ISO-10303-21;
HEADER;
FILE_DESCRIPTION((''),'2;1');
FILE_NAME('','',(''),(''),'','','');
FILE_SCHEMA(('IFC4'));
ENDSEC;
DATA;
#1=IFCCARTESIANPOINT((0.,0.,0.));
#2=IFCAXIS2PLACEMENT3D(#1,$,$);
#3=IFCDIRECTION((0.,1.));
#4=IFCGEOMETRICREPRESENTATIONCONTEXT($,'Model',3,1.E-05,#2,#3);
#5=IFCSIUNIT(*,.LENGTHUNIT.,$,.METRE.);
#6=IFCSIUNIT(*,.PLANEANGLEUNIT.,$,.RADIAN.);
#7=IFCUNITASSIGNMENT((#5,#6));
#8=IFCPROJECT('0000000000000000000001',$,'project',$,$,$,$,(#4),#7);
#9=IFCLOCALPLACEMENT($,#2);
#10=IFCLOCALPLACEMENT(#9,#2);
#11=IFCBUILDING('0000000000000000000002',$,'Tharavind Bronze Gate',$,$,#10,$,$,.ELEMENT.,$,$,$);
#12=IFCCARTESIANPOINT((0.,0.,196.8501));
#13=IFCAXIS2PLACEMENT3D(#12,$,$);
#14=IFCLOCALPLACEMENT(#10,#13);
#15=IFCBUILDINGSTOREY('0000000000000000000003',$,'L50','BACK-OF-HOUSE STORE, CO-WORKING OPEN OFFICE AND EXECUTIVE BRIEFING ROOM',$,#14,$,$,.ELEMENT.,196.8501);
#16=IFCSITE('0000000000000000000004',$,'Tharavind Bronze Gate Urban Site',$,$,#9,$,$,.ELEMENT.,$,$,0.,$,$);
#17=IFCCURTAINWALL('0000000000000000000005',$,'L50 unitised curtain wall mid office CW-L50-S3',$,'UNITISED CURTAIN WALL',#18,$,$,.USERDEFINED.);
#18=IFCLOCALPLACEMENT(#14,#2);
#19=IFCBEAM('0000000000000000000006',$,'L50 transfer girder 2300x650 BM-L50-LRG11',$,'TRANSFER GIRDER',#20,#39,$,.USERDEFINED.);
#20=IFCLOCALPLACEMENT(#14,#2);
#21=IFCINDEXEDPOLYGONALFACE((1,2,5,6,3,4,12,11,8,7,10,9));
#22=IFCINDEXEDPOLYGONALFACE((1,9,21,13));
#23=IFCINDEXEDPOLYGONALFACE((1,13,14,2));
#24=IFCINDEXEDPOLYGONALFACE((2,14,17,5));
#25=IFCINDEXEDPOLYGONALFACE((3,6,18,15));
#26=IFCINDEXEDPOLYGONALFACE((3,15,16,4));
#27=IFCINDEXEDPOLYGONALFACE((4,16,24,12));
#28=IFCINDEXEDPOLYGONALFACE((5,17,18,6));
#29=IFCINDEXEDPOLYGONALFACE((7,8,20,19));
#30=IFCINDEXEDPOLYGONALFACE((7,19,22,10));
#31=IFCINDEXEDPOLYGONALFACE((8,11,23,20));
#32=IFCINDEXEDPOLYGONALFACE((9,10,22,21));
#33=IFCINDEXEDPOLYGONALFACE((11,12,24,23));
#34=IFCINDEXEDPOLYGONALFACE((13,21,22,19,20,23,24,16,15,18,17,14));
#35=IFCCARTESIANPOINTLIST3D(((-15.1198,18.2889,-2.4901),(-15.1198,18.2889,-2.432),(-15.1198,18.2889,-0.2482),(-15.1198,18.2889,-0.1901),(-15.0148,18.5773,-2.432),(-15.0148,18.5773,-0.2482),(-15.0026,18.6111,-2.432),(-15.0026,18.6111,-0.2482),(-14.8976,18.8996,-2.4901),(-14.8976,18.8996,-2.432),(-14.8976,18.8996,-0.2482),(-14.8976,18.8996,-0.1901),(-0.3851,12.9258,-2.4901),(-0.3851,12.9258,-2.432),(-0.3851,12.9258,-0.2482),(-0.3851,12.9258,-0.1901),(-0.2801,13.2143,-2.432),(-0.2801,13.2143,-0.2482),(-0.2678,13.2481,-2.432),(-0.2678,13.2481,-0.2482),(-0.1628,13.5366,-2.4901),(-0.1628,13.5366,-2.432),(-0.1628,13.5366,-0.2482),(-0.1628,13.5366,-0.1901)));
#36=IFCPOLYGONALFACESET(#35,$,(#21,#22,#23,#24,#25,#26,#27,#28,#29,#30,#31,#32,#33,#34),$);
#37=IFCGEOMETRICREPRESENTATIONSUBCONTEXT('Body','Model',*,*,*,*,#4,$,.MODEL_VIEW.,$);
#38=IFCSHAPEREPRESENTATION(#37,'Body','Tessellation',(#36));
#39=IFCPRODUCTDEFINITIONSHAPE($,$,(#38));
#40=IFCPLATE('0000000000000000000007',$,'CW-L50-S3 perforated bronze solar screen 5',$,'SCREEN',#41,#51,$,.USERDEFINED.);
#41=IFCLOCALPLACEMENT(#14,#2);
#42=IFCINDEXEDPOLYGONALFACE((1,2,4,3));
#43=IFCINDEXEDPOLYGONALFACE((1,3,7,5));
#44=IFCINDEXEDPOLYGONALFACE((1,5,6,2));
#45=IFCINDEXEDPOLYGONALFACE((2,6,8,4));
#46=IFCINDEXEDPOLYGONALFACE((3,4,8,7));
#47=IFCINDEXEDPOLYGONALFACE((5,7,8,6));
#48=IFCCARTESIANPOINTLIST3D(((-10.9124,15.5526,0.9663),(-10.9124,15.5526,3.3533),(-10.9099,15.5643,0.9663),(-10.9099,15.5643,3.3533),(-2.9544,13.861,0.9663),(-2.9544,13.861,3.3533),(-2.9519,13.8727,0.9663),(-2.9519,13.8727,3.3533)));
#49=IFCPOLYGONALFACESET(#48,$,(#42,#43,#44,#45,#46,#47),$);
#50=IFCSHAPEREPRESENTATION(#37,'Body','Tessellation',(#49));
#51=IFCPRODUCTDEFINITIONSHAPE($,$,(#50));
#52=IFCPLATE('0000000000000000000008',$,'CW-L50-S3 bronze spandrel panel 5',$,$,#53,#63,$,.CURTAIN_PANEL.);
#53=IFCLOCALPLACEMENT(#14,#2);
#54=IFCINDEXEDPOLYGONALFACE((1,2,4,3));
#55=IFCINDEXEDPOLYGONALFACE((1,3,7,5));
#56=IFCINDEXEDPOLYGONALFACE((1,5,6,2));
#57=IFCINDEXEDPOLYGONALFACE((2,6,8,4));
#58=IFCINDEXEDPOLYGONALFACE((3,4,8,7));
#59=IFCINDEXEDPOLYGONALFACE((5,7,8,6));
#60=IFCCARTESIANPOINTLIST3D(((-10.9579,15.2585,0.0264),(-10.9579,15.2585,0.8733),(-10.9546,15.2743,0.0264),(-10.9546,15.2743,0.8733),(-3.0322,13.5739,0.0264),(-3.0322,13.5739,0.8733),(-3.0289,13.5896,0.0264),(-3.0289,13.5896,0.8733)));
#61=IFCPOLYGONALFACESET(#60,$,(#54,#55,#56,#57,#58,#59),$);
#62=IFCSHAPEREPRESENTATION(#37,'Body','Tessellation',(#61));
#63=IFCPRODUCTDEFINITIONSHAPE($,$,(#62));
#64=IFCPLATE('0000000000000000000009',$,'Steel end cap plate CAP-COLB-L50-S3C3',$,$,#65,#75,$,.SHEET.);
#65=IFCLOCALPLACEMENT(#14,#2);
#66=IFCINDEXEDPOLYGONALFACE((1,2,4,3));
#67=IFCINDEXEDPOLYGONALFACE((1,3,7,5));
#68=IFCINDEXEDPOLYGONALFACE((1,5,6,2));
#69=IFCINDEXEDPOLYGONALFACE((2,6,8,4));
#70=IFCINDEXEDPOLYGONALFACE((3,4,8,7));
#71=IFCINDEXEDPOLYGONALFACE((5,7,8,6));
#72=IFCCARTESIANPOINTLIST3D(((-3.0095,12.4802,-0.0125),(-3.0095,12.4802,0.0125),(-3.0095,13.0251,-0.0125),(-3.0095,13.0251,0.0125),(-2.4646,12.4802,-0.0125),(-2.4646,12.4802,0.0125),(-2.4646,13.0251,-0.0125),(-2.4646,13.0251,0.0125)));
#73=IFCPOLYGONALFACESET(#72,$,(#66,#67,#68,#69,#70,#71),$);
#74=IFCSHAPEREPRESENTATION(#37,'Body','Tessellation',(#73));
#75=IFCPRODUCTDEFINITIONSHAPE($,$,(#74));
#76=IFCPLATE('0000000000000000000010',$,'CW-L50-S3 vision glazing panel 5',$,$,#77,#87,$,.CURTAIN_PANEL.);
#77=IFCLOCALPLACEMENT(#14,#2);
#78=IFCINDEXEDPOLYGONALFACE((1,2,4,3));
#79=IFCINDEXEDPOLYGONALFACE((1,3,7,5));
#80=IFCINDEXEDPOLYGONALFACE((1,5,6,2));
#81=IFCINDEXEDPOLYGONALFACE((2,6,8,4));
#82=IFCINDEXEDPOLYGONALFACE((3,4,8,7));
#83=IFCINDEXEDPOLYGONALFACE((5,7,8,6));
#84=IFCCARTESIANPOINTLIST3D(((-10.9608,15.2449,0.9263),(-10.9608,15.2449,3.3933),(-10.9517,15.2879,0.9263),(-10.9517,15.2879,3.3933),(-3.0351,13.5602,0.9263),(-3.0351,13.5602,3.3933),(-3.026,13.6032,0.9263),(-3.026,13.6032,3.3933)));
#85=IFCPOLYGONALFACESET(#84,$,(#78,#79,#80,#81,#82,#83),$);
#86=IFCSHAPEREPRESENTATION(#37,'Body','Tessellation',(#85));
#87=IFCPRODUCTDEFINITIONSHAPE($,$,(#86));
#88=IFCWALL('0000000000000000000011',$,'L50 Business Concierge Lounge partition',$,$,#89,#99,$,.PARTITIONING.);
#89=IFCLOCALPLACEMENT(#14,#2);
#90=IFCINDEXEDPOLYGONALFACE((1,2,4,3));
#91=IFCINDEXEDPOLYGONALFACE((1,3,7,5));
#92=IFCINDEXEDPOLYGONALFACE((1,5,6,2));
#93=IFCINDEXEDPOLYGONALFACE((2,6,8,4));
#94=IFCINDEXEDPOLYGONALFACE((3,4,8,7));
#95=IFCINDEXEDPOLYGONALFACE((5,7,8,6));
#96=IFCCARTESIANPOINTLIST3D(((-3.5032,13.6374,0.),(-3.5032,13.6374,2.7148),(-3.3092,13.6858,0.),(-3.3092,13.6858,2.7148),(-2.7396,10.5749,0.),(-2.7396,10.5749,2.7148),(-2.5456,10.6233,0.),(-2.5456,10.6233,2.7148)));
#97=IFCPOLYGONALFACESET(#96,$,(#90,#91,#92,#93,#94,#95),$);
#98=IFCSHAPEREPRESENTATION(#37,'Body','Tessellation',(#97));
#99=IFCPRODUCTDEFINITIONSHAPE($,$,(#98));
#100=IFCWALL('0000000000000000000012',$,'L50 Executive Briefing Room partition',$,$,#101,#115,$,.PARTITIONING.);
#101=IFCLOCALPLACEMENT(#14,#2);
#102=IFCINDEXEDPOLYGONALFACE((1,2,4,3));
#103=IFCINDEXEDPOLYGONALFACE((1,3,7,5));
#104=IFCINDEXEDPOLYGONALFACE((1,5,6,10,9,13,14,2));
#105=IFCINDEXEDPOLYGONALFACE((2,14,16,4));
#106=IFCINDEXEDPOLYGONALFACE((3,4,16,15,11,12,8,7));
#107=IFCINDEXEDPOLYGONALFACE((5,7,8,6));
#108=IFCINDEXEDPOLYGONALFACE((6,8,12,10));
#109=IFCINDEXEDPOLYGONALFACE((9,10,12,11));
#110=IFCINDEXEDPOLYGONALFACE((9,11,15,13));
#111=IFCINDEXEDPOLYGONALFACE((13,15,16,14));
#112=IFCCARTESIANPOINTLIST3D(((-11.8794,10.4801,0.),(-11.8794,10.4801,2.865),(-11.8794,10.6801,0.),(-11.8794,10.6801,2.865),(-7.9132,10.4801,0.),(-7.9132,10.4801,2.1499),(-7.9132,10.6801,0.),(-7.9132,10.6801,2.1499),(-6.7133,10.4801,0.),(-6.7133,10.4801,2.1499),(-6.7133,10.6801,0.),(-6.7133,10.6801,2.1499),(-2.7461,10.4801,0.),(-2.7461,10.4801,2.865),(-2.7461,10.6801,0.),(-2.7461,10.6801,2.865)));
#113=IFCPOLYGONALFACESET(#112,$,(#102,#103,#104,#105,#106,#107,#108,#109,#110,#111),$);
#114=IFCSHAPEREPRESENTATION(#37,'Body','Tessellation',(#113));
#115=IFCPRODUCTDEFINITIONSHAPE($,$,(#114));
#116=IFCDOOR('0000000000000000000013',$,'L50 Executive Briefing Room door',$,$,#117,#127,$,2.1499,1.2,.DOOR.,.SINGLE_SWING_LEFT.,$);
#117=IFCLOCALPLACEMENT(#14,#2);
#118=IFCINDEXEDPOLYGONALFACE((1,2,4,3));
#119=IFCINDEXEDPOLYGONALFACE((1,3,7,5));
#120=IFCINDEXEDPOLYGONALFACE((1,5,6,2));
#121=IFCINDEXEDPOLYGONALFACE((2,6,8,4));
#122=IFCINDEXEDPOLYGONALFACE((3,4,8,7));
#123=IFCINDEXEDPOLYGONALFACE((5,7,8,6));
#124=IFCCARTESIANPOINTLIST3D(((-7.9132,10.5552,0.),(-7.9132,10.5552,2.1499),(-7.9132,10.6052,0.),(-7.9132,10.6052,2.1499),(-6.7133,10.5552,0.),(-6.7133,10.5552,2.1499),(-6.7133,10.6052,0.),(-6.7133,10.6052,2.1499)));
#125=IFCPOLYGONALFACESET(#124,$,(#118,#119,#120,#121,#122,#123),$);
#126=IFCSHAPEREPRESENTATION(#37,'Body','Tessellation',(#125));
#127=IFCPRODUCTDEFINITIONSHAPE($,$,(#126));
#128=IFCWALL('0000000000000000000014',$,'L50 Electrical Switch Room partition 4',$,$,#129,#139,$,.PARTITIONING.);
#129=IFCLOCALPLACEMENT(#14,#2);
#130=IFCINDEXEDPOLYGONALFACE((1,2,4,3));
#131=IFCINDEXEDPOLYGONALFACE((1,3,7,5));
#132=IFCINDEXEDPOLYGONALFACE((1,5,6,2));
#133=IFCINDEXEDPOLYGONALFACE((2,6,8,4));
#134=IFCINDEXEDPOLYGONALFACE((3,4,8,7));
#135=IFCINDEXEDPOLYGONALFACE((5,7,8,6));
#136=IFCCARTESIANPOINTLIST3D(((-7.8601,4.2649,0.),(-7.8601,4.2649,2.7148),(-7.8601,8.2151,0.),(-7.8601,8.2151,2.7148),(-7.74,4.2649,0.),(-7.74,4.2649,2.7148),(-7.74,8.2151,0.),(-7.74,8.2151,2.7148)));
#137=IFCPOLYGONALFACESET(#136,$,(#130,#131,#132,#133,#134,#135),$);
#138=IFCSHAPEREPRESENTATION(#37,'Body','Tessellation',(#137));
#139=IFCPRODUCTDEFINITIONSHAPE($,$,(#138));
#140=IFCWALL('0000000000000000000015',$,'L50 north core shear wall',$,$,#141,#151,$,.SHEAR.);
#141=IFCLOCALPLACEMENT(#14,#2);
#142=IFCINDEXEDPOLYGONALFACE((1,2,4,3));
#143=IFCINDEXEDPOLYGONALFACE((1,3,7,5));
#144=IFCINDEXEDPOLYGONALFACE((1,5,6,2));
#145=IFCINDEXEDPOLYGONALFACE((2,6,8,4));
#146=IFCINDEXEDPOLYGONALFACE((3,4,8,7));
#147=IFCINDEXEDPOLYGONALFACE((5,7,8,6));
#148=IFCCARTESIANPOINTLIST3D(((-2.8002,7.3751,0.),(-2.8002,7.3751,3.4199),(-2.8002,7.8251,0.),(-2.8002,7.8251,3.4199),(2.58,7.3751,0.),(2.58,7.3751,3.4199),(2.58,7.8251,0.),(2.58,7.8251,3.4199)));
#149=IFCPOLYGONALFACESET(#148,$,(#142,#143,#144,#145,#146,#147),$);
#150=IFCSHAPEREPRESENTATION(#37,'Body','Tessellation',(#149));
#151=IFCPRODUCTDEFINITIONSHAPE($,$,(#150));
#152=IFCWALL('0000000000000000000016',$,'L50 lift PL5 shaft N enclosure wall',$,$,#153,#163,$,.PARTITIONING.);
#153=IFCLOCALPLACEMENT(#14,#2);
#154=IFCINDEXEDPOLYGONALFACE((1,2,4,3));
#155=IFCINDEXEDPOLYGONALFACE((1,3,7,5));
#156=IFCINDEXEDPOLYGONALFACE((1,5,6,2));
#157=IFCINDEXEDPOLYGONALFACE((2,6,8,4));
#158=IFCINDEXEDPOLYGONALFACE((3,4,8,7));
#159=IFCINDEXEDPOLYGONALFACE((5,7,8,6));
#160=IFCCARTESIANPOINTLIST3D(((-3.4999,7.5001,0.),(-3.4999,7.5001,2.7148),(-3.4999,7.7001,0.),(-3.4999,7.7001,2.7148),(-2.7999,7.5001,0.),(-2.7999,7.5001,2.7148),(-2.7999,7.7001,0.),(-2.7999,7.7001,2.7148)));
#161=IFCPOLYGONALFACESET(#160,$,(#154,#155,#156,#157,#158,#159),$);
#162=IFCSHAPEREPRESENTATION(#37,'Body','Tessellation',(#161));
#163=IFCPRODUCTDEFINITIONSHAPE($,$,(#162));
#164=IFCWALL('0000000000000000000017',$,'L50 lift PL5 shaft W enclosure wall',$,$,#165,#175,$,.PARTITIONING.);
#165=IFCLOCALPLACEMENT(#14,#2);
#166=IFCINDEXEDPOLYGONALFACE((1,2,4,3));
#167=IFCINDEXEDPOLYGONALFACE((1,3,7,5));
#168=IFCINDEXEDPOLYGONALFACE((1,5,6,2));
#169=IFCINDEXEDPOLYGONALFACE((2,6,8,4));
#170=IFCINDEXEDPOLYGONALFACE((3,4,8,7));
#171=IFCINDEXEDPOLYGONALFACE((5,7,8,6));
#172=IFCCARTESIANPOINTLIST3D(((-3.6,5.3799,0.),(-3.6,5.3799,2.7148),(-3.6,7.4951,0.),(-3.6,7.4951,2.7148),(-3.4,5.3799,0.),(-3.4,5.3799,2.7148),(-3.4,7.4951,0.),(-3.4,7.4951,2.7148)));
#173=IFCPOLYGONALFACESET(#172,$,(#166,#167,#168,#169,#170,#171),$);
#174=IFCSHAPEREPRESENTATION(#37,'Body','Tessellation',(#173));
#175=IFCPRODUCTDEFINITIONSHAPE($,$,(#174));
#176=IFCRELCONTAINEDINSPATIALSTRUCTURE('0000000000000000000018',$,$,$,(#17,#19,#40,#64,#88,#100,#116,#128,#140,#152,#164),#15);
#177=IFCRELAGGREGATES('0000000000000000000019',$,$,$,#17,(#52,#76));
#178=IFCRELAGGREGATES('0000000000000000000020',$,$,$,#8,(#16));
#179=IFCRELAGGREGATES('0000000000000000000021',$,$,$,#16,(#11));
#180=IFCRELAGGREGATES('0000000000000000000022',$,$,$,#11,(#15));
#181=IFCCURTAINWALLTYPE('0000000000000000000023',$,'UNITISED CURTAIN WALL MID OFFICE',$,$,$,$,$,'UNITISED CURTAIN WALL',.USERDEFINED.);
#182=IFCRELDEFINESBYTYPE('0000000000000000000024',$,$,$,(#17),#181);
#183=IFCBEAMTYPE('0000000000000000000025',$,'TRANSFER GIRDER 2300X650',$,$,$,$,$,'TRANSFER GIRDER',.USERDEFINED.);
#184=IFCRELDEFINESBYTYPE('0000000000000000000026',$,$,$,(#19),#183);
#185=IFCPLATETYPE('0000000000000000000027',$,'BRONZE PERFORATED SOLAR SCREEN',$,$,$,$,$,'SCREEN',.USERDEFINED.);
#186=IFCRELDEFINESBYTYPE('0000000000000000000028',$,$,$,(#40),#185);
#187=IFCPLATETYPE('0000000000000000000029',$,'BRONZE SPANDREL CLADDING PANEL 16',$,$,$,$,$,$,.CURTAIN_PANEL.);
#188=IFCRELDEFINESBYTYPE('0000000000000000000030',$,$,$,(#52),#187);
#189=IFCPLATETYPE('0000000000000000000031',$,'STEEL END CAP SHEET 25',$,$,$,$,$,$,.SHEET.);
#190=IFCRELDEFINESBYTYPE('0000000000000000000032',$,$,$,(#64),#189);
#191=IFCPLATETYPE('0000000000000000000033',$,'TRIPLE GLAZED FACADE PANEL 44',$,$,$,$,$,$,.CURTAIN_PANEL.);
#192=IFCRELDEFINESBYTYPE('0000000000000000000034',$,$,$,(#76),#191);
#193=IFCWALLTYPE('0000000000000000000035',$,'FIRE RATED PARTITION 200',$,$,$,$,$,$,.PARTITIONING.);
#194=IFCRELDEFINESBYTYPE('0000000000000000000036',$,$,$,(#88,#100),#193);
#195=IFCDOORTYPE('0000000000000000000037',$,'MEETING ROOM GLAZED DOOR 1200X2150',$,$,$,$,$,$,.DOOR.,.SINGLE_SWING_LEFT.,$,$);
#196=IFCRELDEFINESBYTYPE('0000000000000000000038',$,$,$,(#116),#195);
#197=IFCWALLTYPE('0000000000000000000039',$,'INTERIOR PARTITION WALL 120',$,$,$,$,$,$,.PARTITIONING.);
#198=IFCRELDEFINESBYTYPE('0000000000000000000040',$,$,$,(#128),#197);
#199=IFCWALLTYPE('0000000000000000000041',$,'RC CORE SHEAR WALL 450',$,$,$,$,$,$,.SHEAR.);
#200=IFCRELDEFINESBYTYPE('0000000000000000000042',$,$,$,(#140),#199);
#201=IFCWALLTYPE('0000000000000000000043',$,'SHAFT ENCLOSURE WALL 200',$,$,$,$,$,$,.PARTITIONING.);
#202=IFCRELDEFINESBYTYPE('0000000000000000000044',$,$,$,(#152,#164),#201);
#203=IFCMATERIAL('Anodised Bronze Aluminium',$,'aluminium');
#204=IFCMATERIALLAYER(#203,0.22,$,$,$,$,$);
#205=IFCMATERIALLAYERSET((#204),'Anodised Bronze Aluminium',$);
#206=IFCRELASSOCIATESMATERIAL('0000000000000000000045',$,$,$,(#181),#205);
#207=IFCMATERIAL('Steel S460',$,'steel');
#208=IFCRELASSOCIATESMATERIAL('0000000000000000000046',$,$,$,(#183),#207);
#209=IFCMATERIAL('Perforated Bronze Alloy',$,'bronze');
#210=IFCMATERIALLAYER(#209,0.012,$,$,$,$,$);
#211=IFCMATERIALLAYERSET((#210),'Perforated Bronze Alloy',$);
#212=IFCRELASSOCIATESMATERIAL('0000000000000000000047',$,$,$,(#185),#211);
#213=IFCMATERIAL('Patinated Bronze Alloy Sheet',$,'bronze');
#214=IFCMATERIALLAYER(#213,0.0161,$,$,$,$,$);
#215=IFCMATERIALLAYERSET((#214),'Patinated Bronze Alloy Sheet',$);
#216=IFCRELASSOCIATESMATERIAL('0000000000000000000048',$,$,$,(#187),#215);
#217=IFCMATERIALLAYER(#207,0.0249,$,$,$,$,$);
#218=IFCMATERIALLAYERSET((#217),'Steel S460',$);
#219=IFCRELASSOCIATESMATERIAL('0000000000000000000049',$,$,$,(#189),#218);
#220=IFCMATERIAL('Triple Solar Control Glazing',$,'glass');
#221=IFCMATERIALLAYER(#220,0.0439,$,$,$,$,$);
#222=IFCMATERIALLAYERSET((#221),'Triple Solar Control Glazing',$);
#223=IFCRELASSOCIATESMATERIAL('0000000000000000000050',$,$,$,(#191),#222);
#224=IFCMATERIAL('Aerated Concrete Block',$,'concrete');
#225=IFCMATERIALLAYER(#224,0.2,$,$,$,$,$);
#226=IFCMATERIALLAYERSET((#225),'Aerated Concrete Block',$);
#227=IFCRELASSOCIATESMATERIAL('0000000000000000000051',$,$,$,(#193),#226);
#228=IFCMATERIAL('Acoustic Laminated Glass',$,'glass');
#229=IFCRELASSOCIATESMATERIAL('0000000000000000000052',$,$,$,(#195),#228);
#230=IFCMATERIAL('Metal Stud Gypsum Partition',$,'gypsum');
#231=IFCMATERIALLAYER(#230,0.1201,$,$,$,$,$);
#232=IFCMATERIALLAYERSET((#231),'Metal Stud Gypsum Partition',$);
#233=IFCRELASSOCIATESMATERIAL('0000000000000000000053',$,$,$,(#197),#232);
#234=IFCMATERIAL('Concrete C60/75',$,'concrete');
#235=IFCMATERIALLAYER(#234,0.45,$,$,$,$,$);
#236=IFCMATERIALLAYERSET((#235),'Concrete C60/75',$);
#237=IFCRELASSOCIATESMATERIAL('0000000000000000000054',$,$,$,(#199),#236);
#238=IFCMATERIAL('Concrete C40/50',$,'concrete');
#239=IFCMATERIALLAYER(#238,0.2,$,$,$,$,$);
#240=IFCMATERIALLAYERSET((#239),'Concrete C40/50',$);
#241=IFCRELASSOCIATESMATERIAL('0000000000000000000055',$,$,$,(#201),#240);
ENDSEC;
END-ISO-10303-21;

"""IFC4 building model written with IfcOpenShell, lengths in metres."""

from ifc_helpers import new_model, si_unit, direction, frame, frame_2d, origin, origin_2d, place, context, subcontext, project, spatial, rectangle, i_section, extrude, material, layer, layer_set, material_profile, profile_set, type_object, element, fill, aggregate, save


model = new_model("IFC4")

# Units and contexts
model_context = context("Model", 3, precision=1e-05, world=origin(), true_north=direction((0.0, 1.0)))
body_context = subcontext(model_context, "Body", "Model", "MODEL_VIEW")
ifc_project = project(units=[si_unit("LENGTHUNIT", "METRE"), si_unit("PLANEANGLEUNIT", "RADIAN")], contexts=[model_context])

# Site, building, storey
site_placement = place(None, origin())
site = spatial("IfcSite", under=ifc_project, at=site_placement, Name="Tharavind Bronze Gate Urban Site", CompositionType="ELEMENT", RefElevation=0.0)
building_placement = place(site_placement, origin())
building = spatial("IfcBuilding", under=site, at=building_placement, Name="Tharavind Bronze Gate", CompositionType="ELEMENT")
storey_placement = place(building_placement, frame((0.0, 0.0, 196.8501)))
storey = spatial("IfcBuildingStorey", under=building, at=storey_placement, Name="L50", Description="BACK-OF-HOUSE STORE, CO-WORKING OPEN OFFICE AND EXECUTIVE BRIEFING ROOM", CompositionType="ELEMENT", Elevation=196.8501)

# Shared definitions
ifc_material_1 = material(Name="Steel S460", Category="steel")

# Curtain wall
ifc_material_2 = material(Name="Anodised Bronze Aluminium", Category="aluminium")
ifc_layer_1 = layer(ifc_material_2, 0.22)
ifc_layer_set_1 = layer_set([ifc_layer_1], Name="Anodised Bronze Aluminium")
curtain_wall_type = type_object("IfcCurtainWallType", Name="UNITISED CURTAIN WALL MID OFFICE", ElementType="UNITISED CURTAIN WALL", PredefinedType="USERDEFINED", material=ifc_layer_set_1)
curtain_wall_placement = place(storey_placement, origin())
curtain_wall = element("IfcCurtainWall", 1, at=curtain_wall_placement, inside=storey, type_object=curtain_wall_type, Name="L50 unitised curtain wall mid office CW-L50-S3", ObjectType="UNITISED CURTAIN WALL", PredefinedType="USERDEFINED")

# Beam
ifc_material_profile_1 = material_profile(ifc_material_1, i_section(OverallWidth=0.6499, OverallDepth=2.3, WebThickness=0.0359, FlangeThickness=0.0581, at=origin_2d()), Name="PG2300X650")
ifc_profile_set_1 = profile_set([ifc_material_profile_1], Name="Steel S460")
beam_type_1 = type_object("IfcBeamType", Name="TRANSFER GIRDER 2300X650", ElementType="TRANSFER GIRDER", PredefinedType="USERDEFINED", material=ifc_profile_set_1)
beam_1_placement = place(storey_placement, frame((-0.2739, 13.2312, -1.3401), z_axis=(-0.939693, 0.342019, 0.0), x_axis=(-0.342019, -0.939693, 0.0)))
element("IfcBeam", 2, at=beam_1_placement, inside=storey, type_object=beam_type_1, Name="L50 transfer girder 2300x650 BM-L50-LRG11", ObjectType="TRANSFER GIRDER", PredefinedType="USERDEFINED", context=body_context, shape_type="SweptSolid", body=[
    extrude(i_section(OverallWidth=0.6499, OverallDepth=2.3, WebThickness=0.0359, FlangeThickness=0.0581, at=origin_2d()), origin(), (0.0, 0.0, 1.0), 15.6804),
])

# Plates
ifc_material_3 = material(Name="Perforated Bronze Alloy", Category="bronze")
ifc_layer_2 = layer(ifc_material_3, 0.012)
ifc_layer_set_2 = layer_set([ifc_layer_2], Name="Perforated Bronze Alloy")
plate_type_1 = type_object("IfcPlateType", Name="BRONZE PERFORATED SOLAR SCREEN", ElementType="SCREEN", PredefinedType="USERDEFINED", material=ifc_layer_set_2)
plate_1_placement = place(storey_placement, frame((-6.9321, 14.7126, 0.9663), z_axis=(0.0, 0.0, 1.0), x_axis=(-0.978148, 0.207912, 0.0)))
element("IfcPlate", 3, at=plate_1_placement, inside=storey, type_object=plate_type_1, Name="CW-L50-S3 perforated bronze solar screen 5", ObjectType="SCREEN", PredefinedType="USERDEFINED", context=body_context, shape_type="SweptSolid", body=[
    extrude(rectangle(XDim=8.1357, YDim=0.012, at=origin_2d()), origin(), (0.0, 0.0, 1.0), 2.387),
])
ifc_material_4 = material(Name="Patinated Bronze Alloy Sheet", Category="bronze")
ifc_layer_3 = layer(ifc_material_4, 0.0161)
ifc_layer_set_3 = layer_set([ifc_layer_3], Name="Patinated Bronze Alloy Sheet")
plate_type_2 = type_object("IfcPlateType", Name="BRONZE SPANDREL CLADDING PANEL 16", PredefinedType="CURTAIN_PANEL", material=ifc_layer_set_3)
plate_2_placement = place(storey_placement, frame((-6.9934, 14.4241, 0.0264), z_axis=(0.0, 0.0, 1.0), x_axis=(-0.978148, 0.207912, 0.0)))
plate_2 = element("IfcPlate", 4, at=plate_2_placement, type_object=plate_type_2, Name="CW-L50-S3 bronze spandrel panel 5", PredefinedType="CURTAIN_PANEL", context=body_context, shape_type="SweptSolid", body=[
    extrude(rectangle(XDim=8.1028, YDim=0.0161, at=origin_2d()), origin(), (0.0, 0.0, 1.0), 0.8469),
])
ifc_layer_4 = layer(ifc_material_1, 0.0249)
ifc_layer_set_4 = layer_set([ifc_layer_4], Name="Steel S460")
plate_type_3 = type_object("IfcPlateType", Name="STEEL END CAP SHEET 25", PredefinedType="SHEET", material=ifc_layer_set_4)
plate_3_placement = place(storey_placement, frame((-2.7371, 12.7527, -0.0125), z_axis=(0.0, 0.0, 1.0), x_axis=(1.0, 0.0, 0.0)))
element("IfcPlate", 5, at=plate_3_placement, inside=storey, type_object=plate_type_3, Name="Steel end cap plate CAP-COLB-L50-S3C3", PredefinedType="SHEET", context=body_context, shape_type="SweptSolid", body=[
    extrude(rectangle(XDim=0.5449, YDim=0.5449, at=origin_2d()), origin(), (0.0, 0.0, 1.0), 0.0249),
])
ifc_material_5 = material(Name="Triple Solar Control Glazing", Category="glass")
ifc_layer_5 = layer(ifc_material_5, 0.0439)
ifc_layer_set_5 = layer_set([ifc_layer_5], Name="Triple Solar Control Glazing")
plate_type_4 = type_object("IfcPlateType", Name="TRIPLE GLAZED FACADE PANEL 44", PredefinedType="CURTAIN_PANEL", material=ifc_layer_set_5)
plate_4_placement = place(storey_placement, frame((-6.9934, 14.4241, 0.9263), z_axis=(0.0, 0.0, 1.0), x_axis=(-0.978148, 0.207912, 0.0)))
plate_4 = element("IfcPlate", 6, at=plate_4_placement, type_object=plate_type_4, Name="CW-L50-S3 vision glazing panel 5", PredefinedType="CURTAIN_PANEL", context=body_context, shape_type="SweptSolid", body=[
    extrude(rectangle(XDim=8.1028, YDim=0.0439, at=origin_2d()), origin(), (0.0, 0.0, 1.0), 2.467),
])
aggregate(curtain_wall, [plate_2, plate_4])

# Wall
ifc_material_6 = material(Name="Aerated Concrete Block", Category="concrete")
ifc_layer_6 = layer(ifc_material_6, 0.2)
ifc_layer_set_6 = layer_set([ifc_layer_6], Name="Aerated Concrete Block")
wall_type_1 = type_object("IfcWallType", Name="FIRE RATED PARTITION 200", PredefinedType="PARTITIONING", material=ifc_layer_set_6)
wall_1_placement = place(storey_placement, frame((-2.6426, 10.5991, 0.0), z_axis=(0.0, 0.0, 1.0), x_axis=(-0.241953, 0.970288, 0.0)))
element("IfcWall", 7, at=wall_1_placement, inside=storey, type_object=wall_type_1, Name="L50 Business Concierge Lounge partition", PredefinedType="PARTITIONING", context=body_context, shape_type="SweptSolid", body=[
    extrude(rectangle(XDim=3.1562, YDim=0.2, at=frame_2d((1.5781, 0.0))), origin(), (0.0, 0.0, 1.0), 2.7148),
])

# Wall, opening, door
wall_2_placement = place(storey_placement, frame((-2.7461, 10.5801, 0.0), z_axis=(0.0, 0.0, 1.0), x_axis=(-1.0, 0.0, 0.0)))
wall_2 = element("IfcWall", 8, at=wall_2_placement, inside=storey, type_object=wall_type_1, Name="L50 Executive Briefing Room partition", PredefinedType="PARTITIONING", context=body_context, shape_type="SweptSolid", body=[
    extrude(rectangle(XDim=9.1333, YDim=0.2, at=frame_2d((4.5667, 0.0))), origin(), (0.0, 0.0, 1.0), 2.865),
])
opening_placement = place(wall_2_placement, frame((3.967, 0.0, 0.0)))
opening = element("IfcOpeningElement", 9, at=opening_placement, cuts=wall_2, PredefinedType="OPENING", context=body_context, shape_type="SweptSolid", body=[
    extrude(rectangle(XDim=1.2, YDim=2.1499, at=frame_2d((0.6001, 1.075))), frame((0.0, 0.1101, 0.0), z_axis=(0.0, -1.0, 0.0), x_axis=(1.0, 0.0, 0.0)), (0.0, 0.0, 1.0), 0.22),
])
ifc_material_7 = material(Name="Acoustic Laminated Glass", Category="glass")
door_type = type_object("IfcDoorType", Name="MEETING ROOM GLAZED DOOR 1200X2150", OperationType="SINGLE_SWING_LEFT", PredefinedType="DOOR", material=ifc_material_7)
door_placement = place(opening_placement, origin())
door = element("IfcDoor", 10, at=door_placement, inside=storey, type_object=door_type, Name="L50 Executive Briefing Room door", OperationType="SINGLE_SWING_LEFT", OverallHeight=2.1499, OverallWidth=1.2, PredefinedType="DOOR", context=body_context, shape_type="SweptSolid", body=[
    extrude(rectangle(XDim=1.2, YDim=2.1499, at=frame_2d((0.6001, 1.075))), frame((0.0, 0.0249, 0.0), z_axis=(0.0, -1.0, 0.0), x_axis=(1.0, 0.0, 0.0)), (0.0, 0.0, 1.0), 0.05),
])
fill(opening, door)

# Walls
ifc_material_8 = material(Name="Metal Stud Gypsum Partition", Category="gypsum")
ifc_layer_7 = layer(ifc_material_8, 0.1201)
ifc_layer_set_7 = layer_set([ifc_layer_7], Name="Metal Stud Gypsum Partition")
wall_type_2 = type_object("IfcWallType", Name="INTERIOR PARTITION WALL 120", PredefinedType="PARTITIONING", material=ifc_layer_set_7)
wall_3_placement = place(storey_placement, frame((-7.8, 8.2151, 0.0), z_axis=(0.0, 0.0, 1.0), x_axis=(0.0, -1.0, 0.0)))
element("IfcWall", 11, at=wall_3_placement, inside=storey, type_object=wall_type_2, Name="L50 Electrical Switch Room partition 4", PredefinedType="PARTITIONING", context=body_context, shape_type="SweptSolid", body=[
    extrude(rectangle(XDim=3.9502, YDim=0.1201, at=frame_2d((1.9751, 0.0))), origin(), (0.0, 0.0, 1.0), 2.7148),
])
ifc_material_9 = material(Name="Concrete C60/75", Category="concrete")
ifc_layer_8 = layer(ifc_material_9, 0.45)
ifc_layer_set_8 = layer_set([ifc_layer_8], Name="Concrete C60/75")
wall_type_3 = type_object("IfcWallType", Name="RC CORE SHEAR WALL 450", PredefinedType="SHEAR", material=ifc_layer_set_8)
wall_4_placement = place(storey_placement, frame((-2.8, 7.6001, 0.0), z_axis=(0.0, 0.0, 1.0), x_axis=(1.0, 0.0, 0.0)))
element("IfcWall", 12, at=wall_4_placement, inside=storey, type_object=wall_type_3, Name="L50 north core shear wall", PredefinedType="SHEAR", context=body_context, shape_type="SweptSolid", body=[
    extrude(rectangle(XDim=5.3801, YDim=0.45, at=frame_2d((2.6899, 0.0))), origin(), (0.0, 0.0, 1.0), 3.4199),
])
ifc_material_10 = material(Name="Concrete C40/50", Category="concrete")
ifc_layer_9 = layer(ifc_material_10, 0.2)
ifc_layer_set_9 = layer_set([ifc_layer_9], Name="Concrete C40/50")
wall_type_4 = type_object("IfcWallType", Name="SHAFT ENCLOSURE WALL 200", PredefinedType="PARTITIONING", material=ifc_layer_set_9)
wall_5_placement = place(storey_placement, frame((-3.5, 7.6001, 0.0), z_axis=(0.0, 0.0, 1.0), x_axis=(1.0, 0.0, 0.0)))
element("IfcWall", 13, at=wall_5_placement, inside=storey, type_object=wall_type_4, Name="L50 lift PL5 shaft N enclosure wall", PredefinedType="PARTITIONING", context=body_context, shape_type="SweptSolid", body=[
    extrude(rectangle(XDim=0.7, YDim=0.2, at=frame_2d((0.3501, 0.0))), origin(), (0.0, 0.0, 1.0), 2.7148),
])
wall_6_placement = place(storey_placement, frame((-3.5, 5.3799, 0.0), z_axis=(0.0, 0.0, 1.0), x_axis=(0.0, 1.0, 0.0)))
element("IfcWall", 14, at=wall_6_placement, inside=storey, type_object=wall_type_4, Name="L50 lift PL5 shaft W enclosure wall", PredefinedType="PARTITIONING", context=body_context, shape_type="SweptSolid", body=[
    extrude(rectangle(XDim=2.1152, YDim=0.2, at=frame_2d((1.0576, 0.0))), origin(), (0.0, 0.0, 1.0), 2.7148),
])

save(model, "model.ifc")
